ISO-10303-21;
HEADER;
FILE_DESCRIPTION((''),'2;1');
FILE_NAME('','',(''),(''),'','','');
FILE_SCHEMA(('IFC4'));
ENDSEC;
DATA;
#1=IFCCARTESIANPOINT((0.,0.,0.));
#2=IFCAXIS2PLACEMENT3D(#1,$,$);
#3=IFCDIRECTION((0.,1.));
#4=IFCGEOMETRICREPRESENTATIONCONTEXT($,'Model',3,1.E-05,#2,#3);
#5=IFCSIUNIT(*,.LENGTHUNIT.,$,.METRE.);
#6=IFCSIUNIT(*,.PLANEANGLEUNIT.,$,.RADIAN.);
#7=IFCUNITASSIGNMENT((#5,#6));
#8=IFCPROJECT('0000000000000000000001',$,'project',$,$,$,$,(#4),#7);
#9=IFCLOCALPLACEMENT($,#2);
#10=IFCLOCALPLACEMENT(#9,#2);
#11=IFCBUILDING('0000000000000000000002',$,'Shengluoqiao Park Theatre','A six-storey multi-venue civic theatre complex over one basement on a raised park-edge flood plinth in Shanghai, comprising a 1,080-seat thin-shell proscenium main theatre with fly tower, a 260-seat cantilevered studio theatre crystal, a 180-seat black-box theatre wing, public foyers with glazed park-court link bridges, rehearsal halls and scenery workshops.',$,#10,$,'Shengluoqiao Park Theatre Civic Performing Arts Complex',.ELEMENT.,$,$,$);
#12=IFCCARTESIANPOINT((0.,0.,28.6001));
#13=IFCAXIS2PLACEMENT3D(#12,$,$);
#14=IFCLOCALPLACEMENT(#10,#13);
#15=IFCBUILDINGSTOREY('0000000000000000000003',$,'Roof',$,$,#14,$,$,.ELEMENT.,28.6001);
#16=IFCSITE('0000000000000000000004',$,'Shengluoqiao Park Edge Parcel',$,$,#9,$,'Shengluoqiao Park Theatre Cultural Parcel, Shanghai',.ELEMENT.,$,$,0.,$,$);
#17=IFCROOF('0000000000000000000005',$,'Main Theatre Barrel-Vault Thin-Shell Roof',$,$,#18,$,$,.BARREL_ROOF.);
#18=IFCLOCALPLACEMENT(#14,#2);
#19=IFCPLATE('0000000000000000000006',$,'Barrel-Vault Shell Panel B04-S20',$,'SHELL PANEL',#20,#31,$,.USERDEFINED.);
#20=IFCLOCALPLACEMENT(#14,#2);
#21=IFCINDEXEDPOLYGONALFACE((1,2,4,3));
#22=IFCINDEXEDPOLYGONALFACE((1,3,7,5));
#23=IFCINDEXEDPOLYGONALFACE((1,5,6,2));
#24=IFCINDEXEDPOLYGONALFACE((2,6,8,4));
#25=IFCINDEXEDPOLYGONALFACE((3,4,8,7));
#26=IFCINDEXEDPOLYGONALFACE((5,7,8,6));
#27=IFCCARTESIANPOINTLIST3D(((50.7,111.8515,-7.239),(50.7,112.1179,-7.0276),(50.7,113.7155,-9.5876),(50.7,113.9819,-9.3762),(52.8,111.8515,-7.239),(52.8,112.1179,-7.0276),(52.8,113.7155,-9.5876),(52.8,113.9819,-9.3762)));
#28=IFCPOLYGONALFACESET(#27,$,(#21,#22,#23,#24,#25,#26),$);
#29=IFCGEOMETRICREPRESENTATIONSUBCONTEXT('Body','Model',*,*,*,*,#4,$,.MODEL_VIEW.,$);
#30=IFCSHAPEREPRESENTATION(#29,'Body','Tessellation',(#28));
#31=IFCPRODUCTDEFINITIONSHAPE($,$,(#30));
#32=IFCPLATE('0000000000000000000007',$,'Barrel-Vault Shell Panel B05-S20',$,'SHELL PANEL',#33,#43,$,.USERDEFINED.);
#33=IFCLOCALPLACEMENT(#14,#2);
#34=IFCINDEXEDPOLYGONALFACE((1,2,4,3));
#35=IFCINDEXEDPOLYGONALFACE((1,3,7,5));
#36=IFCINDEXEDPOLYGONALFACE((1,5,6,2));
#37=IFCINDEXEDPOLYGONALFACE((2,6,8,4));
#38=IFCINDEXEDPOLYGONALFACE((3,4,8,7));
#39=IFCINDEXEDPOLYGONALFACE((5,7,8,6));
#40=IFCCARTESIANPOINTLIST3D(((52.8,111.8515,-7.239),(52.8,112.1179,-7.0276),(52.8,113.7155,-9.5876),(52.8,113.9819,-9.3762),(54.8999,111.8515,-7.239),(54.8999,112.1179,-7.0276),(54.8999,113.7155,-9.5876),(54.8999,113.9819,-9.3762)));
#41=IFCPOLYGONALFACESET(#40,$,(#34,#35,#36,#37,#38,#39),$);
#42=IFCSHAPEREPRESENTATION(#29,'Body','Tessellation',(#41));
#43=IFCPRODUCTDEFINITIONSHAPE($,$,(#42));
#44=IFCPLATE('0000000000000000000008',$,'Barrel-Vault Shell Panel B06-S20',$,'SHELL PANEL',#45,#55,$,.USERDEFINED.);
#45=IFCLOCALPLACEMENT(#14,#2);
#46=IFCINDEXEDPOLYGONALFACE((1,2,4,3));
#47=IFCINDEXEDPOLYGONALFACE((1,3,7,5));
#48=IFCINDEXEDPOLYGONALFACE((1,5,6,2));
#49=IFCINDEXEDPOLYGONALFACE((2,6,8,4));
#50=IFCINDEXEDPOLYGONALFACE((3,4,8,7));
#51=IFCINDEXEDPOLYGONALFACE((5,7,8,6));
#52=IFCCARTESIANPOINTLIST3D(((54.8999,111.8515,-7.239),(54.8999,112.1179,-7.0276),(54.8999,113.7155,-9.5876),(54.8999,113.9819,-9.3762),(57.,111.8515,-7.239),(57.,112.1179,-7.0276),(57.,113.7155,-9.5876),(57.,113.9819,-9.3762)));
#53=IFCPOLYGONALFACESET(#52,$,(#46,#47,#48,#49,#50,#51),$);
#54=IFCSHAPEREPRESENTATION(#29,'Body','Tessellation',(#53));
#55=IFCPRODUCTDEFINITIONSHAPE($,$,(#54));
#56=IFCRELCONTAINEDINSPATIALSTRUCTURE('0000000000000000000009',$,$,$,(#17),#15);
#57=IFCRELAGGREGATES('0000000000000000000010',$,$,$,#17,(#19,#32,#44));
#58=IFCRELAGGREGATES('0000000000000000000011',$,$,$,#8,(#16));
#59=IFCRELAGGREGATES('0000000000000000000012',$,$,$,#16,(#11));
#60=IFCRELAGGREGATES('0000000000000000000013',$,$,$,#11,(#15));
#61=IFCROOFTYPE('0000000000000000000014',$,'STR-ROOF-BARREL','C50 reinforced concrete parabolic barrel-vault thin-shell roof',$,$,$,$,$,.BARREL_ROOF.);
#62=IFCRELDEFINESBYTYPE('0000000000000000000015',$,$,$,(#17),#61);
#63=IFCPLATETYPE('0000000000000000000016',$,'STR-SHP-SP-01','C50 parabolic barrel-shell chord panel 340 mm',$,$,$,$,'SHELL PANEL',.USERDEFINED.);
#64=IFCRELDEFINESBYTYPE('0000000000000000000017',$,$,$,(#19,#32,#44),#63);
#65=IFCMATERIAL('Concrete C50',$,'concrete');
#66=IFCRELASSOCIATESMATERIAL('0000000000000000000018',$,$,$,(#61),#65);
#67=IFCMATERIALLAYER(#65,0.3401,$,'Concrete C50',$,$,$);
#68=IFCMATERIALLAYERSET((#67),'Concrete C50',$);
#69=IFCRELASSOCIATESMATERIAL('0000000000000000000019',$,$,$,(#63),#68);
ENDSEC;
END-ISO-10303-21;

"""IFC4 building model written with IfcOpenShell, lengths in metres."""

from ifc_helpers import new_model, si_unit, direction, frame, origin, place, context, subcontext, project, spatial, polyline, outline, extrude, material, layer, layer_set, type_object, element, aggregate, save


model = new_model("IFC4")

# Units and contexts
model_context = context("Model", 3, precision=1e-05, world=origin(), true_north=direction((0.0, 1.0)))
body_context = subcontext(model_context, "Body", "Model", "MODEL_VIEW")
ifc_project = project(units=[si_unit("LENGTHUNIT", "METRE"), si_unit("PLANEANGLEUNIT", "RADIAN")], contexts=[model_context])

# Site, building, storey
site_placement = place(None, origin())
site = spatial("IfcSite", under=ifc_project, at=site_placement, Name="Shengluoqiao Park Edge Parcel", LongName="Shengluoqiao Park Theatre Cultural Parcel, Shanghai", CompositionType="ELEMENT", RefElevation=0.0)
building_placement = place(site_placement, origin())
building = spatial("IfcBuilding", under=site, at=building_placement, Name="Shengluoqiao Park Theatre", Description="A six-storey multi-venue civic theatre complex over one basement on a raised park-edge flood plinth in Shanghai, comprising a 1,080-seat thin-shell proscenium main theatre with fly tower, a 260-seat cantilevered studio theatre crystal, a 180-seat black-box theatre wing, public foyers with glazed park-court link bridges, rehearsal halls and scenery workshops.", LongName="Shengluoqiao Park Theatre Civic Performing Arts Complex", CompositionType="ELEMENT")
storey_placement = place(building_placement, frame((0.0, 0.0, 28.6001)))
storey = spatial("IfcBuildingStorey", under=building, at=storey_placement, Name="Roof", CompositionType="ELEMENT", Elevation=28.6001)

# Shared definitions
ifc_material_1 = material(Name="Concrete C50", Category="concrete")

# Roof, plates
roof_type = type_object("IfcRoofType", Name="STR-ROOF-BARREL", Description="C50 reinforced concrete parabolic barrel-vault thin-shell roof", PredefinedType="BARREL_ROOF", material=ifc_material_1)
roof_placement = place(storey_placement, origin())
roof = element("IfcRoof", 1, at=roof_placement, inside=storey, type_object=roof_type, Name="Main Theatre Barrel-Vault Thin-Shell Roof", PredefinedType="BARREL_ROOF")
ifc_layer_1 = layer(ifc_material_1, 0.3401, Name="Concrete C50")
ifc_layer_set_1 = layer_set([ifc_layer_1], Name="Concrete C50")
plate_type_1 = type_object("IfcPlateType", Name="STR-SHP-SP-01", Description="C50 parabolic barrel-shell chord panel 340 mm", ElementType="SHELL PANEL", PredefinedType="USERDEFINED", material=ifc_layer_set_1)
plate_1_placement = place(storey_placement, frame((50.7, 112.1179, -7.0276), z_axis=(0.0, 0.783286, 0.621662), x_axis=(1.0, 0.0, 0.0)))
plate_1 = element("IfcPlate", 2, at=plate_1_placement, type_object=plate_type_1, Name="Barrel-Vault Shell Panel B04-S20", ObjectType="SHELL PANEL", PredefinedType="USERDEFINED", context=body_context, shape_type="SweptSolid", body=[
    extrude(outline(polyline([(0.0, 0.0), (2.1001, 0.0), (2.1001, 2.9984), (0.0, 2.9984), (0.0, 0.0)])), origin(), (0.0, 0.0, -1.0), 0.3401),
])
plate_2_placement = place(storey_placement, frame((52.8, 112.1179, -7.0276), z_axis=(0.0, 0.783286, 0.621662), x_axis=(1.0, 0.0, 0.0)))
plate_2 = element("IfcPlate", 3, at=plate_2_placement, type_object=plate_type_1, Name="Barrel-Vault Shell Panel B05-S20", ObjectType="SHELL PANEL", PredefinedType="USERDEFINED", context=body_context, shape_type="SweptSolid", body=[
    extrude(outline(polyline([(0.0, 0.0), (2.0999, 0.0), (2.0999, 2.9984), (0.0, 2.9984), (0.0, 0.0)])), origin(), (0.0, 0.0, -1.0), 0.3401),
])
plate_3_placement = place(storey_placement, frame((54.8999, 112.1179, -7.0276), z_axis=(0.0, 0.783286, 0.621662), x_axis=(1.0, 0.0, 0.0)))
plate_3 = element("IfcPlate", 4, at=plate_3_placement, type_object=plate_type_1, Name="Barrel-Vault Shell Panel B06-S20", ObjectType="SHELL PANEL", PredefinedType="USERDEFINED", context=body_context, shape_type="SweptSolid", body=[
    extrude(outline(polyline([(0.0, 0.0), (2.1001, 0.0), (2.1001, 2.9984), (0.0, 2.9984), (0.0, 0.0)])), origin(), (0.0, 0.0, -1.0), 0.3401),
])
aggregate(roof, [plate_1, plate_2, plate_3])

save(model, "model.ifc")
